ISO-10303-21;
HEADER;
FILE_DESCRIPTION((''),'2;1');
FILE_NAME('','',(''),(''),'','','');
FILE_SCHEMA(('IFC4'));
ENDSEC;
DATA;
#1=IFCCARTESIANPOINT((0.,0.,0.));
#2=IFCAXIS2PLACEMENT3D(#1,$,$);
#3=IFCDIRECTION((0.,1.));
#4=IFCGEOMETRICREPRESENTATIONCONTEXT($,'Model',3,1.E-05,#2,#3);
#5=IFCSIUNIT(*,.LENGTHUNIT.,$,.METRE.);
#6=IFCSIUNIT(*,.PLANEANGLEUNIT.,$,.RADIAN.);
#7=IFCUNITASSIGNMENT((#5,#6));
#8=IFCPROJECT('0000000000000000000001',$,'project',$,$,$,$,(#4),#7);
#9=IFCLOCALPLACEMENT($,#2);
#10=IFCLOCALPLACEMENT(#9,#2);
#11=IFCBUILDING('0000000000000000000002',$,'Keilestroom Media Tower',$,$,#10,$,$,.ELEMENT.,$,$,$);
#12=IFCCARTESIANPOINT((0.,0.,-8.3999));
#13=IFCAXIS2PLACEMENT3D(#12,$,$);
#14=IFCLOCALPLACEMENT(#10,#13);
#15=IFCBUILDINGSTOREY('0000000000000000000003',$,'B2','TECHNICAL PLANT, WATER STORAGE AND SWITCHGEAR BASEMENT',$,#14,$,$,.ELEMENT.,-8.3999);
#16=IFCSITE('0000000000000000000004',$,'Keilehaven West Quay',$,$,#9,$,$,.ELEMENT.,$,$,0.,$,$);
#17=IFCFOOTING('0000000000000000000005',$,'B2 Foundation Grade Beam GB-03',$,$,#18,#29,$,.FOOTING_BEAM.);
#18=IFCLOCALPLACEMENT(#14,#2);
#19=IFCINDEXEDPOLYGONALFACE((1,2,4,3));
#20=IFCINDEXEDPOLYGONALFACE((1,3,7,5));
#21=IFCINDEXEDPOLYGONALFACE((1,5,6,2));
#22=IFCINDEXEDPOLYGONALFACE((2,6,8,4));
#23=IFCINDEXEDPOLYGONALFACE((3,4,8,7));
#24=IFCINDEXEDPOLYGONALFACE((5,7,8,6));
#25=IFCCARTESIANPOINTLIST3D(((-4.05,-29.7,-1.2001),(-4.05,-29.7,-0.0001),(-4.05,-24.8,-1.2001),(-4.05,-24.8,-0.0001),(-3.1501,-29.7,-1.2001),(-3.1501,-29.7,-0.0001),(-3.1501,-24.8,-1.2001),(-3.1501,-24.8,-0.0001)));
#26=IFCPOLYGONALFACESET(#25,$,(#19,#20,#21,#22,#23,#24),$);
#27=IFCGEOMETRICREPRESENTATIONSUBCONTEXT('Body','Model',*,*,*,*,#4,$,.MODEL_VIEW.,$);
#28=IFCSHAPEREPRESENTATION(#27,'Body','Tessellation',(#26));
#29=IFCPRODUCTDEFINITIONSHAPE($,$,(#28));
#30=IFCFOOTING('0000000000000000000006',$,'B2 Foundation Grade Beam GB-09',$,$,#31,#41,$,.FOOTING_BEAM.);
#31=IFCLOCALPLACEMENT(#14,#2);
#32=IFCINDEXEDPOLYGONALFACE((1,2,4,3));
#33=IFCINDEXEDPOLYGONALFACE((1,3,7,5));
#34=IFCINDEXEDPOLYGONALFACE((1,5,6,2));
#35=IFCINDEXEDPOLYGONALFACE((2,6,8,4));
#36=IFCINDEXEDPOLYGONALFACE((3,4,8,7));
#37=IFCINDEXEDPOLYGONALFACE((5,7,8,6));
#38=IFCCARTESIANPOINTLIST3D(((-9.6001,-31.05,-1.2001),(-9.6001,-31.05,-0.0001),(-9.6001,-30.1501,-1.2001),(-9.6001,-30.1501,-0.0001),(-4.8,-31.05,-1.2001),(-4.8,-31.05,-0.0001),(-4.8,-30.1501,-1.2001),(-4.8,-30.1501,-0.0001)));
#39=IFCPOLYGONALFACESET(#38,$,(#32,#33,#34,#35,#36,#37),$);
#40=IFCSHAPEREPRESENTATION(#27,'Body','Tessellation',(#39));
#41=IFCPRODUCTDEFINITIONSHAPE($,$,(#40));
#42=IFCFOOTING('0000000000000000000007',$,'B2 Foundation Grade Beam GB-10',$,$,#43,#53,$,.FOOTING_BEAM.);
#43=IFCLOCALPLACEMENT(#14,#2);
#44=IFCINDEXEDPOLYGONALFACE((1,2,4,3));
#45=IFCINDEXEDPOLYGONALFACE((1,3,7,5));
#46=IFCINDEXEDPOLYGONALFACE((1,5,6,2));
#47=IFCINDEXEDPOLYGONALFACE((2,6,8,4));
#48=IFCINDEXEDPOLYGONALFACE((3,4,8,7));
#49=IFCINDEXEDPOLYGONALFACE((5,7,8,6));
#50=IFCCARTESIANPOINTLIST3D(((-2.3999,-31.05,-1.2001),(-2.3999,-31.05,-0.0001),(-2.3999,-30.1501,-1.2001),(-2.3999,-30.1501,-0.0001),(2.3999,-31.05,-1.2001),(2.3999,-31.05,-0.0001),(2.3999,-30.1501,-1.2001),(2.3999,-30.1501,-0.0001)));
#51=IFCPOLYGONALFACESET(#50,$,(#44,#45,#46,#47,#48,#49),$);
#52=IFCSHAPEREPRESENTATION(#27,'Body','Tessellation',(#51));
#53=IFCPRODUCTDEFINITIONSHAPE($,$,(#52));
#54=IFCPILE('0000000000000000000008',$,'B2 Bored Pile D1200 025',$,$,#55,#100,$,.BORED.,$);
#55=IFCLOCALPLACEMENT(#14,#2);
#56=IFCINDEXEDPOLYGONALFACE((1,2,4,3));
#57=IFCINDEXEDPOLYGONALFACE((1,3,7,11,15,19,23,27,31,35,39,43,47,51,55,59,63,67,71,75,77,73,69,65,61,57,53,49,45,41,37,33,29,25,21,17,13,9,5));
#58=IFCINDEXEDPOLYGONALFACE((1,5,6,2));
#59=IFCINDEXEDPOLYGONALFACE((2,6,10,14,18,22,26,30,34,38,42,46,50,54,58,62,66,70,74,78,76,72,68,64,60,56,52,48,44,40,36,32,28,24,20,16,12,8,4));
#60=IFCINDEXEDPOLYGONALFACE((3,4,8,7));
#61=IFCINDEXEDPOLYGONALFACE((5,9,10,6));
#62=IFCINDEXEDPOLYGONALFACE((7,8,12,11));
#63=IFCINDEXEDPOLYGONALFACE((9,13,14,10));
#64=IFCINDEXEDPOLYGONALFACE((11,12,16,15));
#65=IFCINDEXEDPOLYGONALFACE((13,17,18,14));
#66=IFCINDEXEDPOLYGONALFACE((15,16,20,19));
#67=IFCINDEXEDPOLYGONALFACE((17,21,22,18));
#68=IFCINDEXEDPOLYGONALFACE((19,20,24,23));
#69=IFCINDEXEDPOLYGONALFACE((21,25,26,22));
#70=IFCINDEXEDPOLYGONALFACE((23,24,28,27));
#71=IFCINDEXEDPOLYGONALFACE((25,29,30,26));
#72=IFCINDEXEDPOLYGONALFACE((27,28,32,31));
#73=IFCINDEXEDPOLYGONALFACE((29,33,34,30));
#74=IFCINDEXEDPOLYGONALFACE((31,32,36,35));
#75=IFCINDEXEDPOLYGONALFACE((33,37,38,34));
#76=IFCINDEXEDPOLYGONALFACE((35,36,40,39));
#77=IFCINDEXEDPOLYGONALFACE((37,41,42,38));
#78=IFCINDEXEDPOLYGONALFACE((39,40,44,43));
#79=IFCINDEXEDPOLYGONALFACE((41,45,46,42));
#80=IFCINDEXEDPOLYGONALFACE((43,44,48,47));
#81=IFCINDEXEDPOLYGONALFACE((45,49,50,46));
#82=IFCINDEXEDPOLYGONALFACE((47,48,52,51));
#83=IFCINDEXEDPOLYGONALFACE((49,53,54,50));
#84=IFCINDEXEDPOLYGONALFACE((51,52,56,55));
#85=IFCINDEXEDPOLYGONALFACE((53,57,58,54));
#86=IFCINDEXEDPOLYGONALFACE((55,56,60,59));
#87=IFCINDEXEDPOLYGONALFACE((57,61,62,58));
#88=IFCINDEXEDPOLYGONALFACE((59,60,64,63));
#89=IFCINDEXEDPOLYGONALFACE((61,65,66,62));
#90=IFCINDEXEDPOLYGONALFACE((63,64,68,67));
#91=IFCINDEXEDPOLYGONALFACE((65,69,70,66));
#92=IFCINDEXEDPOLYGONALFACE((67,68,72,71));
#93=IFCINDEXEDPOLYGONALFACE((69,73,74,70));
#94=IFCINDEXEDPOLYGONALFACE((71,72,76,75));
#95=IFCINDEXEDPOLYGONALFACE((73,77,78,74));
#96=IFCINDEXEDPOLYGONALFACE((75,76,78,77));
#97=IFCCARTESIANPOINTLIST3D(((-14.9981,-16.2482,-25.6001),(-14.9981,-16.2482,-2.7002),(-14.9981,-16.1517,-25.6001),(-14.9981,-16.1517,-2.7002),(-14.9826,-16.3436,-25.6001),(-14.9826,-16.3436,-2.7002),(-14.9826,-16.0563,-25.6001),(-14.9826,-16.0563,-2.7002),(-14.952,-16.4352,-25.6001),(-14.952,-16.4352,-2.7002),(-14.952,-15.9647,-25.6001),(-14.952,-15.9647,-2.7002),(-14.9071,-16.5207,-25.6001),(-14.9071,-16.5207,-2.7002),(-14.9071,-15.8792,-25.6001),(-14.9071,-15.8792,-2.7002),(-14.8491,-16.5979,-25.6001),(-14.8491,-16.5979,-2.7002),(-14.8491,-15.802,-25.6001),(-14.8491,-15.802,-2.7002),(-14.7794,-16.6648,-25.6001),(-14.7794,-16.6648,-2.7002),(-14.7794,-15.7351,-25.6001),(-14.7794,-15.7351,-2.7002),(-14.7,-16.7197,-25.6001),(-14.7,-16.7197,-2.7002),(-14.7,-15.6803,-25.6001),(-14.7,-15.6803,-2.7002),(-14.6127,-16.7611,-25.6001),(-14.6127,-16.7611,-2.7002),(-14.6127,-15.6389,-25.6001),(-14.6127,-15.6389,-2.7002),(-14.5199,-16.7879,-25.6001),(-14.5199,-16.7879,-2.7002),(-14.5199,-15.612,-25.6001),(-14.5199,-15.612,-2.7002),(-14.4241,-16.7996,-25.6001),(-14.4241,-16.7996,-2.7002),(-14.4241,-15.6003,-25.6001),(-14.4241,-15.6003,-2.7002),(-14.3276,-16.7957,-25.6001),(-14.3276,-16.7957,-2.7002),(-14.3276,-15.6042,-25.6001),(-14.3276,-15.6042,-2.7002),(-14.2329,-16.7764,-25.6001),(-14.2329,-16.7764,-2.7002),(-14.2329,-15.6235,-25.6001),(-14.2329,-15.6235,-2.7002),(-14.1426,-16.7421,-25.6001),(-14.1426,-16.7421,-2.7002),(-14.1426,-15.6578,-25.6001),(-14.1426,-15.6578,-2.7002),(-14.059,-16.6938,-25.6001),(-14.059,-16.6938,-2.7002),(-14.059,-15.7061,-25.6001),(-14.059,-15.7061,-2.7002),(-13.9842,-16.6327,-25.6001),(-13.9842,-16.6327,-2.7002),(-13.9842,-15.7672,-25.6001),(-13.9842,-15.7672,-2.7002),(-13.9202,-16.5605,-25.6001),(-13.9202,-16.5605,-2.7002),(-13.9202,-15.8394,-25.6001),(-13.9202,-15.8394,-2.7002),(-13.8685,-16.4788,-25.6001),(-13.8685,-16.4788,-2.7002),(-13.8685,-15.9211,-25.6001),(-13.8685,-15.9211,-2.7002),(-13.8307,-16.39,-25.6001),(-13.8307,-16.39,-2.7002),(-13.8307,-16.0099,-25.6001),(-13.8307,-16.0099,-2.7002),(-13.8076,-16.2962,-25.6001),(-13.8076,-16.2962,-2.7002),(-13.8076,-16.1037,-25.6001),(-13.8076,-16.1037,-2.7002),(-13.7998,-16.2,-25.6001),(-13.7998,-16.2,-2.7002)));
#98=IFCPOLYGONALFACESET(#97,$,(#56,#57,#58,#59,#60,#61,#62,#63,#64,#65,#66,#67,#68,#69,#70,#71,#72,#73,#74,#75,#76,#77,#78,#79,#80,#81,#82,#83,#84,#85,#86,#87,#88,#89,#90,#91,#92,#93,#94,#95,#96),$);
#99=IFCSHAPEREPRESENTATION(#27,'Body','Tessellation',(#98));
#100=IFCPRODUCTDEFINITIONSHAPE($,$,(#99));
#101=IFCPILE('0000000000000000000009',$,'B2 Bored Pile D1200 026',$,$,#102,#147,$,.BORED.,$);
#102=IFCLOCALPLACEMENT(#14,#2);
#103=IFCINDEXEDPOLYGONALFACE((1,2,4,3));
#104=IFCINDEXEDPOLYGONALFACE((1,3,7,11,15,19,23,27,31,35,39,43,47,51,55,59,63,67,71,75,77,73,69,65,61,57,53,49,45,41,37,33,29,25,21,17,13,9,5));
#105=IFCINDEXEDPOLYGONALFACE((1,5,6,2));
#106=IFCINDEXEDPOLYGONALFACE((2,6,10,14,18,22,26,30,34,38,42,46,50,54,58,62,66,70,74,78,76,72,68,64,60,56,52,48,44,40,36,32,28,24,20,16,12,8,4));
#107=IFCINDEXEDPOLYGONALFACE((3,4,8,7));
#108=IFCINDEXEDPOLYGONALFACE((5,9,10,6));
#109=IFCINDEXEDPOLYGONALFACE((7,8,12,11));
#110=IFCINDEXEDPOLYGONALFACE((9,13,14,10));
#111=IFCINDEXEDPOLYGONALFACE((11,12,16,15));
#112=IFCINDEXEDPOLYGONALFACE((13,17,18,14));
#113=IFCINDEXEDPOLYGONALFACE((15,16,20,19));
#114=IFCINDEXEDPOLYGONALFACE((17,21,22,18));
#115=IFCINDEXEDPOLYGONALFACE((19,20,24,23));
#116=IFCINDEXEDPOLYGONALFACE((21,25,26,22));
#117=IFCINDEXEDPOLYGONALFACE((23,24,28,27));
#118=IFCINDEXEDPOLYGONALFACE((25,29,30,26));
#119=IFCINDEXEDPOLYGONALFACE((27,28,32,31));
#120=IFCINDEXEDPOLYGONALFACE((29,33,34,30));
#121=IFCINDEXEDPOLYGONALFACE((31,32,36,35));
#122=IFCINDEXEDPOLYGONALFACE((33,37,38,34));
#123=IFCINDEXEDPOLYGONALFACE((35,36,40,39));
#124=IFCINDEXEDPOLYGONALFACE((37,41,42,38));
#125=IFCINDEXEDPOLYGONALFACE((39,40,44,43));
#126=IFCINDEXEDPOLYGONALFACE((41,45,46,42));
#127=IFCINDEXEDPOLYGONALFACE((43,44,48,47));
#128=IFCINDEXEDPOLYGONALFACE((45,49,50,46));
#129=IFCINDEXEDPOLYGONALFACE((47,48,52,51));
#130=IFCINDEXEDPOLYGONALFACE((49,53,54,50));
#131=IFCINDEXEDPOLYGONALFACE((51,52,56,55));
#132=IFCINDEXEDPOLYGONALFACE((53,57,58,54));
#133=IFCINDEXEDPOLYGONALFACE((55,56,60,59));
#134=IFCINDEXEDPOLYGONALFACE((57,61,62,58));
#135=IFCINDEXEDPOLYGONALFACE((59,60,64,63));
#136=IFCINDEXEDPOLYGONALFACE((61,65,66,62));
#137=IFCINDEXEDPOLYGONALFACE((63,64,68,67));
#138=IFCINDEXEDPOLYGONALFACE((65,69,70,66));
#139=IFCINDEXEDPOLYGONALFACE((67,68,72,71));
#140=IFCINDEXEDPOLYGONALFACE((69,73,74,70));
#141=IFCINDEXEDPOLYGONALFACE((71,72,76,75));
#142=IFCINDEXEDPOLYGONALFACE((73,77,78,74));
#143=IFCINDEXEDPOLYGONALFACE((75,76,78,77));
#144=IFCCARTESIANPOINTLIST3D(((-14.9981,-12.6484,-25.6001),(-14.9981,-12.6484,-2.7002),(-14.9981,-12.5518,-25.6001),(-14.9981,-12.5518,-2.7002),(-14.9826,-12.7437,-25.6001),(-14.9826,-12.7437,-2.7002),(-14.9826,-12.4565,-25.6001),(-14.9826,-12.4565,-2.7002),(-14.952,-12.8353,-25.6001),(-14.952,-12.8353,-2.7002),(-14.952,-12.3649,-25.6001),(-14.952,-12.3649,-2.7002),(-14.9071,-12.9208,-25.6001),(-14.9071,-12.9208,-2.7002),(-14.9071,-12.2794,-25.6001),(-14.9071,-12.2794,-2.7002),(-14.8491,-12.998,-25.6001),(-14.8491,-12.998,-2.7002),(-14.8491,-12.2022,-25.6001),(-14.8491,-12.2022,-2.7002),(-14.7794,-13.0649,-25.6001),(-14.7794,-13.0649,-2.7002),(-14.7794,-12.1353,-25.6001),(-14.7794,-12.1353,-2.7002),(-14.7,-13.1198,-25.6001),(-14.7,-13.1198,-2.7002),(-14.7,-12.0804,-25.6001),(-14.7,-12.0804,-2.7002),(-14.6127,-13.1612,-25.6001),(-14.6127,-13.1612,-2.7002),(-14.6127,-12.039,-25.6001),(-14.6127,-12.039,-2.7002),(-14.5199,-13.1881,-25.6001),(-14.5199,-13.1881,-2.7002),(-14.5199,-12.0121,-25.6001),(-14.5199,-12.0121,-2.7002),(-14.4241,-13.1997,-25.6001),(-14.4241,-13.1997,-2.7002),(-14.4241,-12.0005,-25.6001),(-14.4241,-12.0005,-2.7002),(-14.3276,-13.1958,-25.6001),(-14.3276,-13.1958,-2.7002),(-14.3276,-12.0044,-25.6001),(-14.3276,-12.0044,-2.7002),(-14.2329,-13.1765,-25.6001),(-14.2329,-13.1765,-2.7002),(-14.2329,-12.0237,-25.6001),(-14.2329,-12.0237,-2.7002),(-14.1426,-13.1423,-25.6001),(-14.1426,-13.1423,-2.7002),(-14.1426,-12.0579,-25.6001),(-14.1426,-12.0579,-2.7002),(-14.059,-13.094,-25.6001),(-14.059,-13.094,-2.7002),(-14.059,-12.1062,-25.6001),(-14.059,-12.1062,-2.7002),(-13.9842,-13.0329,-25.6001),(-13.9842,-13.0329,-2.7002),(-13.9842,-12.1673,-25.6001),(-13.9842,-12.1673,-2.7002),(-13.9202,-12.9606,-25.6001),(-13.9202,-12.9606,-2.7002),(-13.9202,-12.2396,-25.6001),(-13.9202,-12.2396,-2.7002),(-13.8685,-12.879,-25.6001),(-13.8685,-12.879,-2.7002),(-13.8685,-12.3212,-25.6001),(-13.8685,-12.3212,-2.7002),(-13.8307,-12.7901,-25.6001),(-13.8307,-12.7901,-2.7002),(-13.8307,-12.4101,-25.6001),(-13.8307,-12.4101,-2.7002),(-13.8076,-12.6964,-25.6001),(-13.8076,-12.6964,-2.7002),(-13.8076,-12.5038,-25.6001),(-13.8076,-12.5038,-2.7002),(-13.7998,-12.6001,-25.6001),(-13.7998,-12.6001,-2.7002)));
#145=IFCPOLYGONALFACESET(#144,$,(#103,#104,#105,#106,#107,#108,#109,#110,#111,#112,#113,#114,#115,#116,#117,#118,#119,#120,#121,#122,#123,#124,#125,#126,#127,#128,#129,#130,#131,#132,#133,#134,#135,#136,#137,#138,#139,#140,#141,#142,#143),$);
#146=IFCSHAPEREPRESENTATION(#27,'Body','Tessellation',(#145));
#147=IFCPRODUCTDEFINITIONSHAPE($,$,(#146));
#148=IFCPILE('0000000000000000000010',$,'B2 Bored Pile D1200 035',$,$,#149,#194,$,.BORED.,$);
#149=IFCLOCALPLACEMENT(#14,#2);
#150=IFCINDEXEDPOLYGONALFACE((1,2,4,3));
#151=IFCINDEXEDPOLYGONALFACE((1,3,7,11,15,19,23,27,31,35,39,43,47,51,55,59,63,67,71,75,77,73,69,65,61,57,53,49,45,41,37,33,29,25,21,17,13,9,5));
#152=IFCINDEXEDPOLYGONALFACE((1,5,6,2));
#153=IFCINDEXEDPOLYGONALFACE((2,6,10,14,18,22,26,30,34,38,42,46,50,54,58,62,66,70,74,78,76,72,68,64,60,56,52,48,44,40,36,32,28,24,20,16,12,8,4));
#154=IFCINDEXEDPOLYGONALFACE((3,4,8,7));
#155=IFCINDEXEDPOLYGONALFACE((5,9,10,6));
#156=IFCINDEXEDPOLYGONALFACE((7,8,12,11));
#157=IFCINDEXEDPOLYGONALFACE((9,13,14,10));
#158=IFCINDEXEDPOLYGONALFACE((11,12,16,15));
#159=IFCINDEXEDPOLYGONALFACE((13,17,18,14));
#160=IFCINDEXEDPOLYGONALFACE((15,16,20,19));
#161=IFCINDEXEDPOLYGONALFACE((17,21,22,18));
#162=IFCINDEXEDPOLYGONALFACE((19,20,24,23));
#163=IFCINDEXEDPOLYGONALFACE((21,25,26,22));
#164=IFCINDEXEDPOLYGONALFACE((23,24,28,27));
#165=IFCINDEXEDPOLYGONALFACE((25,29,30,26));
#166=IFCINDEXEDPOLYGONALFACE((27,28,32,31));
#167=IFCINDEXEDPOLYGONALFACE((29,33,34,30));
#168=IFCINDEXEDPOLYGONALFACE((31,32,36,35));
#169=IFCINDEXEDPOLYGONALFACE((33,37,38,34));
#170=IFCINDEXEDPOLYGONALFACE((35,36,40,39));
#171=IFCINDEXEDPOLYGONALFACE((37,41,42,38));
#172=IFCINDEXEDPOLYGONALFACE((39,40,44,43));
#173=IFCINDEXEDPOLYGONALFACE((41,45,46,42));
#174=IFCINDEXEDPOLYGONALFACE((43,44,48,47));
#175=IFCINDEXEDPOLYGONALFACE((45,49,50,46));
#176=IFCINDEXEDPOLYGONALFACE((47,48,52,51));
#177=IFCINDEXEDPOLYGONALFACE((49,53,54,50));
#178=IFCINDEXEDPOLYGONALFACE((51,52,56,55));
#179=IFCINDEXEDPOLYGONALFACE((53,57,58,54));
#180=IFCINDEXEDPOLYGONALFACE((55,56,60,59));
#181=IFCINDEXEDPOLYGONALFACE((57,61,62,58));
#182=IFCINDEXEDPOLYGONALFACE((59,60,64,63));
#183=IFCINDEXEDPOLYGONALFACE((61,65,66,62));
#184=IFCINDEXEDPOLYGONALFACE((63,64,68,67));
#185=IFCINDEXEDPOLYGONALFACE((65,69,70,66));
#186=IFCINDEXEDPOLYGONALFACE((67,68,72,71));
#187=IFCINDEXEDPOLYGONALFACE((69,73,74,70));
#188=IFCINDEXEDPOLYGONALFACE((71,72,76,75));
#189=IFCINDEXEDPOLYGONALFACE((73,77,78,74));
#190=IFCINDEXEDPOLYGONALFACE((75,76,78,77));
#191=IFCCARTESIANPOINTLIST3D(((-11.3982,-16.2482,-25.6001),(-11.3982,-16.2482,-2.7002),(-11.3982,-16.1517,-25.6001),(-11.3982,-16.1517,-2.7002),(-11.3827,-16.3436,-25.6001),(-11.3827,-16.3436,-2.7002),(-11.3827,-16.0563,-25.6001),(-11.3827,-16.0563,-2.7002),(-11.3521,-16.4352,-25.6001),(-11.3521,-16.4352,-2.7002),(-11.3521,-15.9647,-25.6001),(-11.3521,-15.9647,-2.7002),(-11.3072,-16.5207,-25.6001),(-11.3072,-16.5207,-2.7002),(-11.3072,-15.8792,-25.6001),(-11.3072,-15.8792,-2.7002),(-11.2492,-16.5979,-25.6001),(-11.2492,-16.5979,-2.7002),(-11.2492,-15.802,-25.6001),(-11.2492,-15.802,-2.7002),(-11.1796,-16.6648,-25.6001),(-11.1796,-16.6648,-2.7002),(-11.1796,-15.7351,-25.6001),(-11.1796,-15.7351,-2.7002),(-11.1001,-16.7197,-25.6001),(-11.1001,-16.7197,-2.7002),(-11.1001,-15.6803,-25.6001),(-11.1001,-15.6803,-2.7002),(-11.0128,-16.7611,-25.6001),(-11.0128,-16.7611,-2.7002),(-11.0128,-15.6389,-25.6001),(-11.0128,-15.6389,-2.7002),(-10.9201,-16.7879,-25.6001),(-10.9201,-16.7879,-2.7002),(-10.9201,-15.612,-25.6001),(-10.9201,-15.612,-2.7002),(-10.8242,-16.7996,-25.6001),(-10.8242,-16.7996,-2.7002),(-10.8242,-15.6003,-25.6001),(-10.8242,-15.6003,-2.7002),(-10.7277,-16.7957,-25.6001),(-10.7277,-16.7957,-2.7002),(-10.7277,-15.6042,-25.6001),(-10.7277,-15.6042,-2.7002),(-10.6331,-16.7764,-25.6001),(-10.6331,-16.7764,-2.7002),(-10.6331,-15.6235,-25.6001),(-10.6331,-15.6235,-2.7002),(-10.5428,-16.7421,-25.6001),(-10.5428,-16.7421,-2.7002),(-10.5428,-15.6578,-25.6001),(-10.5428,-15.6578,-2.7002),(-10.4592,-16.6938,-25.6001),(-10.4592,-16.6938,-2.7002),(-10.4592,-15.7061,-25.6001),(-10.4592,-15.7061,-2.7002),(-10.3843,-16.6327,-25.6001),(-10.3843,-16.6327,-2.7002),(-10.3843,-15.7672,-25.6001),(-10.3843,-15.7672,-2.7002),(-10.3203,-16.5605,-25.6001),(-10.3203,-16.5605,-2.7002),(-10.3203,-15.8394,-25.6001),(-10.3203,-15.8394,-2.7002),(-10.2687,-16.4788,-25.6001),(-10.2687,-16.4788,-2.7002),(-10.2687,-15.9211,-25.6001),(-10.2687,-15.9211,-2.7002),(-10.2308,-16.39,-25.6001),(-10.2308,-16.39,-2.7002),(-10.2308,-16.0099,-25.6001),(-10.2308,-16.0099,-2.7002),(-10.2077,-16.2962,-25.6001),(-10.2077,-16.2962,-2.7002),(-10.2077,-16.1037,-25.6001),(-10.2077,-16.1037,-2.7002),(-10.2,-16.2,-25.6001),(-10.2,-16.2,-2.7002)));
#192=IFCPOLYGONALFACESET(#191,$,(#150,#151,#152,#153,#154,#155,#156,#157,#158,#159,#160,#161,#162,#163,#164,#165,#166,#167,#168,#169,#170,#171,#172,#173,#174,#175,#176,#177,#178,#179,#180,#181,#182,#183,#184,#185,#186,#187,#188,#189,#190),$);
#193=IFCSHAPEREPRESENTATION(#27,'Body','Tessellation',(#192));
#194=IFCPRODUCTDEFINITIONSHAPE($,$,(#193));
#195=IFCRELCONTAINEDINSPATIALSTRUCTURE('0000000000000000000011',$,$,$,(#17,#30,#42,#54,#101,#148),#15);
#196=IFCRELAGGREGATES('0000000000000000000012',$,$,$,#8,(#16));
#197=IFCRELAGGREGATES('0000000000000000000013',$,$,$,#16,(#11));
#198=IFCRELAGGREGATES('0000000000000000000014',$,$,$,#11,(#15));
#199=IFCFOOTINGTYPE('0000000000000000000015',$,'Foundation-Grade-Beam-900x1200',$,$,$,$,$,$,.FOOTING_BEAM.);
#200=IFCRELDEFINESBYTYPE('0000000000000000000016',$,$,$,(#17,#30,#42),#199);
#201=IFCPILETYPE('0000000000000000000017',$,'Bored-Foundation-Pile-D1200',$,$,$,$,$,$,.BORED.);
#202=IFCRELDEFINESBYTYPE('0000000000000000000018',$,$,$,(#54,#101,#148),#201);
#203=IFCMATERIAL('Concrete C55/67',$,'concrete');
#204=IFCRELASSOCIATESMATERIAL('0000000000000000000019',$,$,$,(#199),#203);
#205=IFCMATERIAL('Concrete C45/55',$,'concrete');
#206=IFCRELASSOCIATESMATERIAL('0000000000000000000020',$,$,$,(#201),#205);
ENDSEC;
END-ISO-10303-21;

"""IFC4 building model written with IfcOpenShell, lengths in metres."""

from ifc_helpers import new_model, si_unit, direction, frame, origin, origin_2d, place, context, subcontext, project, spatial, rectangle, circle, extrude, source, transform, mapped, material, material_profile, profile_set, type_object, element, save


model = new_model("IFC4")

# Units and contexts
model_context = context("Model", 3, precision=1e-05, world=origin(), true_north=direction((0.0, 1.0)))
body_context = subcontext(model_context, "Body", "Model", "MODEL_VIEW")
ifc_project = project(units=[si_unit("LENGTHUNIT", "METRE"), si_unit("PLANEANGLEUNIT", "RADIAN")], contexts=[model_context])

# Site, building, storey
site_placement = place(None, origin())
site = spatial("IfcSite", under=ifc_project, at=site_placement, Name="Keilehaven West Quay", CompositionType="ELEMENT", RefElevation=0.0)
building_placement = place(site_placement, origin())
building = spatial("IfcBuilding", under=site, at=building_placement, Name="Keilestroom Media Tower", CompositionType="ELEMENT")
storey_placement = place(building_placement, frame((0.0, 0.0, -8.3999)))
storey = spatial("IfcBuildingStorey", under=building, at=storey_placement, Name="B2", Description="TECHNICAL PLANT, WATER STORAGE AND SWITCHGEAR BASEMENT", CompositionType="ELEMENT", Elevation=-8.3999)

# Footings
ifc_material_1 = material(Name="Concrete C55/67", Category="concrete")
ifc_material_profile_1 = material_profile(ifc_material_1, rectangle(XDim=0.8999, YDim=1.2, at=origin_2d()), Name="GB 900x1200")
ifc_profile_set_1 = profile_set([ifc_material_profile_1], Name="Concrete C55/67")
footing_type = type_object("IfcFootingType", Name="Foundation-Grade-Beam-900x1200", PredefinedType="FOOTING_BEAM", material=ifc_profile_set_1)
shared_shape_1 = source(origin(), body_context, "Body", "SweptSolid", [
    extrude(rectangle(XDim=0.8999, YDim=1.2, at=origin_2d()), origin(), (0.0, 0.0, 1.0), 4.8999),
])
footing_1_placement = place(storey_placement, frame((-3.6001, -29.7, -0.6001), z_axis=(0.0, 1.0, 0.0), x_axis=(-1.0, 0.0, 0.0)))
element("IfcFooting", 1, at=footing_1_placement, inside=storey, type_object=footing_type, Name="B2 Foundation Grade Beam GB-03", PredefinedType="FOOTING_BEAM", context=body_context, shape_type="MappedRepresentation", body=[
    mapped(shared_shape_1, transform((0.0, 0.0, 0.0), x_axis=(1.0, 0.0, 0.0), y_axis=(0.0, 1.0, 0.0), z_axis=(0.0, 0.0, 1.0), scale=1.0)),
])
shared_shape_2 = source(origin(), body_context, "Body", "SweptSolid", [
    extrude(rectangle(XDim=0.8999, YDim=1.2, at=origin_2d()), origin(), (0.0, 0.0, 1.0), 4.8),
])
footing_2_placement = place(storey_placement, frame((-9.6001, -30.6001, -0.6001), z_axis=(1.0, 0.0, 0.0), x_axis=(0.0, 1.0, 0.0)))
element("IfcFooting", 2, at=footing_2_placement, inside=storey, type_object=footing_type, Name="B2 Foundation Grade Beam GB-09", PredefinedType="FOOTING_BEAM", context=body_context, shape_type="MappedRepresentation", body=[
    mapped(shared_shape_2, transform((0.0, 0.0, 0.0), x_axis=(1.0, 0.0, 0.0), y_axis=(0.0, 1.0, 0.0), z_axis=(0.0, 0.0, 1.0), scale=1.0)),
])
shared_shape_3 = source(origin(), body_context, "Body", "SweptSolid", [
    extrude(rectangle(XDim=0.8999, YDim=1.2, at=origin_2d()), origin(), (0.0, 0.0, 1.0), 4.7998),
])
footing_3_placement = place(storey_placement, frame((-2.3999, -30.6001, -0.6001), z_axis=(1.0, 0.0, 0.0), x_axis=(0.0, 1.0, 0.0)))
element("IfcFooting", 3, at=footing_3_placement, inside=storey, type_object=footing_type, Name="B2 Foundation Grade Beam GB-10", PredefinedType="FOOTING_BEAM", context=body_context, shape_type="MappedRepresentation", body=[
    mapped(shared_shape_3, transform((0.0, 0.0, 0.0), x_axis=(1.0, 0.0, 0.0), y_axis=(0.0, 1.0, 0.0), z_axis=(0.0, 0.0, 1.0), scale=1.0)),
])

# Piles
ifc_material_2 = material(Name="Concrete C45/55", Category="concrete")
ifc_material_profile_2 = material_profile(ifc_material_2, circle(Radius=0.6001, at=origin_2d()), Name="BORED PILE D1200")
ifc_profile_set_2 = profile_set([ifc_material_profile_2], Name="Concrete C45/55")
pile_type_1 = type_object("IfcPileType", Name="Bored-Foundation-Pile-D1200", PredefinedType="BORED", material=ifc_profile_set_2)
shared_shape_4 = source(origin(), body_context, "Body", "SweptSolid", [
    extrude(circle(Radius=0.6001, at=origin_2d()), origin(), (0.0, 0.0, 1.0), 22.8999),
])
for number, where, z_axis, x_axis, name in (
    (4, (-14.3999, -16.2, -2.7002), (0.0, 0.0, -1.0), (1.0, 0.0, 0.0), "B2 Bored Pile D1200 025"),
    (5, (-14.3999, -12.6001, -2.7002), (0.0, 0.0, -1.0), (1.0, 0.0, 0.0), "B2 Bored Pile D1200 026"),
    (6, (-10.8, -16.2, -2.7002), (0.0, 0.0, -1.0), (1.0, 0.0, 0.0), "B2 Bored Pile D1200 035"),
):
    element("IfcPile", number, at=place(storey_placement, frame(where, z_axis=z_axis, x_axis=x_axis)), inside=storey, type_object=pile_type_1, Name=name, PredefinedType="BORED", context=body_context, shape_type="MappedRepresentation", body=[
        mapped(shared_shape_4, transform((0.0, 0.0, 0.0), x_axis=(1.0, 0.0, 0.0), y_axis=(0.0, 1.0, 0.0), z_axis=(0.0, 0.0, 1.0), scale=1.0)),
    ])

save(model, "model.ifc")
